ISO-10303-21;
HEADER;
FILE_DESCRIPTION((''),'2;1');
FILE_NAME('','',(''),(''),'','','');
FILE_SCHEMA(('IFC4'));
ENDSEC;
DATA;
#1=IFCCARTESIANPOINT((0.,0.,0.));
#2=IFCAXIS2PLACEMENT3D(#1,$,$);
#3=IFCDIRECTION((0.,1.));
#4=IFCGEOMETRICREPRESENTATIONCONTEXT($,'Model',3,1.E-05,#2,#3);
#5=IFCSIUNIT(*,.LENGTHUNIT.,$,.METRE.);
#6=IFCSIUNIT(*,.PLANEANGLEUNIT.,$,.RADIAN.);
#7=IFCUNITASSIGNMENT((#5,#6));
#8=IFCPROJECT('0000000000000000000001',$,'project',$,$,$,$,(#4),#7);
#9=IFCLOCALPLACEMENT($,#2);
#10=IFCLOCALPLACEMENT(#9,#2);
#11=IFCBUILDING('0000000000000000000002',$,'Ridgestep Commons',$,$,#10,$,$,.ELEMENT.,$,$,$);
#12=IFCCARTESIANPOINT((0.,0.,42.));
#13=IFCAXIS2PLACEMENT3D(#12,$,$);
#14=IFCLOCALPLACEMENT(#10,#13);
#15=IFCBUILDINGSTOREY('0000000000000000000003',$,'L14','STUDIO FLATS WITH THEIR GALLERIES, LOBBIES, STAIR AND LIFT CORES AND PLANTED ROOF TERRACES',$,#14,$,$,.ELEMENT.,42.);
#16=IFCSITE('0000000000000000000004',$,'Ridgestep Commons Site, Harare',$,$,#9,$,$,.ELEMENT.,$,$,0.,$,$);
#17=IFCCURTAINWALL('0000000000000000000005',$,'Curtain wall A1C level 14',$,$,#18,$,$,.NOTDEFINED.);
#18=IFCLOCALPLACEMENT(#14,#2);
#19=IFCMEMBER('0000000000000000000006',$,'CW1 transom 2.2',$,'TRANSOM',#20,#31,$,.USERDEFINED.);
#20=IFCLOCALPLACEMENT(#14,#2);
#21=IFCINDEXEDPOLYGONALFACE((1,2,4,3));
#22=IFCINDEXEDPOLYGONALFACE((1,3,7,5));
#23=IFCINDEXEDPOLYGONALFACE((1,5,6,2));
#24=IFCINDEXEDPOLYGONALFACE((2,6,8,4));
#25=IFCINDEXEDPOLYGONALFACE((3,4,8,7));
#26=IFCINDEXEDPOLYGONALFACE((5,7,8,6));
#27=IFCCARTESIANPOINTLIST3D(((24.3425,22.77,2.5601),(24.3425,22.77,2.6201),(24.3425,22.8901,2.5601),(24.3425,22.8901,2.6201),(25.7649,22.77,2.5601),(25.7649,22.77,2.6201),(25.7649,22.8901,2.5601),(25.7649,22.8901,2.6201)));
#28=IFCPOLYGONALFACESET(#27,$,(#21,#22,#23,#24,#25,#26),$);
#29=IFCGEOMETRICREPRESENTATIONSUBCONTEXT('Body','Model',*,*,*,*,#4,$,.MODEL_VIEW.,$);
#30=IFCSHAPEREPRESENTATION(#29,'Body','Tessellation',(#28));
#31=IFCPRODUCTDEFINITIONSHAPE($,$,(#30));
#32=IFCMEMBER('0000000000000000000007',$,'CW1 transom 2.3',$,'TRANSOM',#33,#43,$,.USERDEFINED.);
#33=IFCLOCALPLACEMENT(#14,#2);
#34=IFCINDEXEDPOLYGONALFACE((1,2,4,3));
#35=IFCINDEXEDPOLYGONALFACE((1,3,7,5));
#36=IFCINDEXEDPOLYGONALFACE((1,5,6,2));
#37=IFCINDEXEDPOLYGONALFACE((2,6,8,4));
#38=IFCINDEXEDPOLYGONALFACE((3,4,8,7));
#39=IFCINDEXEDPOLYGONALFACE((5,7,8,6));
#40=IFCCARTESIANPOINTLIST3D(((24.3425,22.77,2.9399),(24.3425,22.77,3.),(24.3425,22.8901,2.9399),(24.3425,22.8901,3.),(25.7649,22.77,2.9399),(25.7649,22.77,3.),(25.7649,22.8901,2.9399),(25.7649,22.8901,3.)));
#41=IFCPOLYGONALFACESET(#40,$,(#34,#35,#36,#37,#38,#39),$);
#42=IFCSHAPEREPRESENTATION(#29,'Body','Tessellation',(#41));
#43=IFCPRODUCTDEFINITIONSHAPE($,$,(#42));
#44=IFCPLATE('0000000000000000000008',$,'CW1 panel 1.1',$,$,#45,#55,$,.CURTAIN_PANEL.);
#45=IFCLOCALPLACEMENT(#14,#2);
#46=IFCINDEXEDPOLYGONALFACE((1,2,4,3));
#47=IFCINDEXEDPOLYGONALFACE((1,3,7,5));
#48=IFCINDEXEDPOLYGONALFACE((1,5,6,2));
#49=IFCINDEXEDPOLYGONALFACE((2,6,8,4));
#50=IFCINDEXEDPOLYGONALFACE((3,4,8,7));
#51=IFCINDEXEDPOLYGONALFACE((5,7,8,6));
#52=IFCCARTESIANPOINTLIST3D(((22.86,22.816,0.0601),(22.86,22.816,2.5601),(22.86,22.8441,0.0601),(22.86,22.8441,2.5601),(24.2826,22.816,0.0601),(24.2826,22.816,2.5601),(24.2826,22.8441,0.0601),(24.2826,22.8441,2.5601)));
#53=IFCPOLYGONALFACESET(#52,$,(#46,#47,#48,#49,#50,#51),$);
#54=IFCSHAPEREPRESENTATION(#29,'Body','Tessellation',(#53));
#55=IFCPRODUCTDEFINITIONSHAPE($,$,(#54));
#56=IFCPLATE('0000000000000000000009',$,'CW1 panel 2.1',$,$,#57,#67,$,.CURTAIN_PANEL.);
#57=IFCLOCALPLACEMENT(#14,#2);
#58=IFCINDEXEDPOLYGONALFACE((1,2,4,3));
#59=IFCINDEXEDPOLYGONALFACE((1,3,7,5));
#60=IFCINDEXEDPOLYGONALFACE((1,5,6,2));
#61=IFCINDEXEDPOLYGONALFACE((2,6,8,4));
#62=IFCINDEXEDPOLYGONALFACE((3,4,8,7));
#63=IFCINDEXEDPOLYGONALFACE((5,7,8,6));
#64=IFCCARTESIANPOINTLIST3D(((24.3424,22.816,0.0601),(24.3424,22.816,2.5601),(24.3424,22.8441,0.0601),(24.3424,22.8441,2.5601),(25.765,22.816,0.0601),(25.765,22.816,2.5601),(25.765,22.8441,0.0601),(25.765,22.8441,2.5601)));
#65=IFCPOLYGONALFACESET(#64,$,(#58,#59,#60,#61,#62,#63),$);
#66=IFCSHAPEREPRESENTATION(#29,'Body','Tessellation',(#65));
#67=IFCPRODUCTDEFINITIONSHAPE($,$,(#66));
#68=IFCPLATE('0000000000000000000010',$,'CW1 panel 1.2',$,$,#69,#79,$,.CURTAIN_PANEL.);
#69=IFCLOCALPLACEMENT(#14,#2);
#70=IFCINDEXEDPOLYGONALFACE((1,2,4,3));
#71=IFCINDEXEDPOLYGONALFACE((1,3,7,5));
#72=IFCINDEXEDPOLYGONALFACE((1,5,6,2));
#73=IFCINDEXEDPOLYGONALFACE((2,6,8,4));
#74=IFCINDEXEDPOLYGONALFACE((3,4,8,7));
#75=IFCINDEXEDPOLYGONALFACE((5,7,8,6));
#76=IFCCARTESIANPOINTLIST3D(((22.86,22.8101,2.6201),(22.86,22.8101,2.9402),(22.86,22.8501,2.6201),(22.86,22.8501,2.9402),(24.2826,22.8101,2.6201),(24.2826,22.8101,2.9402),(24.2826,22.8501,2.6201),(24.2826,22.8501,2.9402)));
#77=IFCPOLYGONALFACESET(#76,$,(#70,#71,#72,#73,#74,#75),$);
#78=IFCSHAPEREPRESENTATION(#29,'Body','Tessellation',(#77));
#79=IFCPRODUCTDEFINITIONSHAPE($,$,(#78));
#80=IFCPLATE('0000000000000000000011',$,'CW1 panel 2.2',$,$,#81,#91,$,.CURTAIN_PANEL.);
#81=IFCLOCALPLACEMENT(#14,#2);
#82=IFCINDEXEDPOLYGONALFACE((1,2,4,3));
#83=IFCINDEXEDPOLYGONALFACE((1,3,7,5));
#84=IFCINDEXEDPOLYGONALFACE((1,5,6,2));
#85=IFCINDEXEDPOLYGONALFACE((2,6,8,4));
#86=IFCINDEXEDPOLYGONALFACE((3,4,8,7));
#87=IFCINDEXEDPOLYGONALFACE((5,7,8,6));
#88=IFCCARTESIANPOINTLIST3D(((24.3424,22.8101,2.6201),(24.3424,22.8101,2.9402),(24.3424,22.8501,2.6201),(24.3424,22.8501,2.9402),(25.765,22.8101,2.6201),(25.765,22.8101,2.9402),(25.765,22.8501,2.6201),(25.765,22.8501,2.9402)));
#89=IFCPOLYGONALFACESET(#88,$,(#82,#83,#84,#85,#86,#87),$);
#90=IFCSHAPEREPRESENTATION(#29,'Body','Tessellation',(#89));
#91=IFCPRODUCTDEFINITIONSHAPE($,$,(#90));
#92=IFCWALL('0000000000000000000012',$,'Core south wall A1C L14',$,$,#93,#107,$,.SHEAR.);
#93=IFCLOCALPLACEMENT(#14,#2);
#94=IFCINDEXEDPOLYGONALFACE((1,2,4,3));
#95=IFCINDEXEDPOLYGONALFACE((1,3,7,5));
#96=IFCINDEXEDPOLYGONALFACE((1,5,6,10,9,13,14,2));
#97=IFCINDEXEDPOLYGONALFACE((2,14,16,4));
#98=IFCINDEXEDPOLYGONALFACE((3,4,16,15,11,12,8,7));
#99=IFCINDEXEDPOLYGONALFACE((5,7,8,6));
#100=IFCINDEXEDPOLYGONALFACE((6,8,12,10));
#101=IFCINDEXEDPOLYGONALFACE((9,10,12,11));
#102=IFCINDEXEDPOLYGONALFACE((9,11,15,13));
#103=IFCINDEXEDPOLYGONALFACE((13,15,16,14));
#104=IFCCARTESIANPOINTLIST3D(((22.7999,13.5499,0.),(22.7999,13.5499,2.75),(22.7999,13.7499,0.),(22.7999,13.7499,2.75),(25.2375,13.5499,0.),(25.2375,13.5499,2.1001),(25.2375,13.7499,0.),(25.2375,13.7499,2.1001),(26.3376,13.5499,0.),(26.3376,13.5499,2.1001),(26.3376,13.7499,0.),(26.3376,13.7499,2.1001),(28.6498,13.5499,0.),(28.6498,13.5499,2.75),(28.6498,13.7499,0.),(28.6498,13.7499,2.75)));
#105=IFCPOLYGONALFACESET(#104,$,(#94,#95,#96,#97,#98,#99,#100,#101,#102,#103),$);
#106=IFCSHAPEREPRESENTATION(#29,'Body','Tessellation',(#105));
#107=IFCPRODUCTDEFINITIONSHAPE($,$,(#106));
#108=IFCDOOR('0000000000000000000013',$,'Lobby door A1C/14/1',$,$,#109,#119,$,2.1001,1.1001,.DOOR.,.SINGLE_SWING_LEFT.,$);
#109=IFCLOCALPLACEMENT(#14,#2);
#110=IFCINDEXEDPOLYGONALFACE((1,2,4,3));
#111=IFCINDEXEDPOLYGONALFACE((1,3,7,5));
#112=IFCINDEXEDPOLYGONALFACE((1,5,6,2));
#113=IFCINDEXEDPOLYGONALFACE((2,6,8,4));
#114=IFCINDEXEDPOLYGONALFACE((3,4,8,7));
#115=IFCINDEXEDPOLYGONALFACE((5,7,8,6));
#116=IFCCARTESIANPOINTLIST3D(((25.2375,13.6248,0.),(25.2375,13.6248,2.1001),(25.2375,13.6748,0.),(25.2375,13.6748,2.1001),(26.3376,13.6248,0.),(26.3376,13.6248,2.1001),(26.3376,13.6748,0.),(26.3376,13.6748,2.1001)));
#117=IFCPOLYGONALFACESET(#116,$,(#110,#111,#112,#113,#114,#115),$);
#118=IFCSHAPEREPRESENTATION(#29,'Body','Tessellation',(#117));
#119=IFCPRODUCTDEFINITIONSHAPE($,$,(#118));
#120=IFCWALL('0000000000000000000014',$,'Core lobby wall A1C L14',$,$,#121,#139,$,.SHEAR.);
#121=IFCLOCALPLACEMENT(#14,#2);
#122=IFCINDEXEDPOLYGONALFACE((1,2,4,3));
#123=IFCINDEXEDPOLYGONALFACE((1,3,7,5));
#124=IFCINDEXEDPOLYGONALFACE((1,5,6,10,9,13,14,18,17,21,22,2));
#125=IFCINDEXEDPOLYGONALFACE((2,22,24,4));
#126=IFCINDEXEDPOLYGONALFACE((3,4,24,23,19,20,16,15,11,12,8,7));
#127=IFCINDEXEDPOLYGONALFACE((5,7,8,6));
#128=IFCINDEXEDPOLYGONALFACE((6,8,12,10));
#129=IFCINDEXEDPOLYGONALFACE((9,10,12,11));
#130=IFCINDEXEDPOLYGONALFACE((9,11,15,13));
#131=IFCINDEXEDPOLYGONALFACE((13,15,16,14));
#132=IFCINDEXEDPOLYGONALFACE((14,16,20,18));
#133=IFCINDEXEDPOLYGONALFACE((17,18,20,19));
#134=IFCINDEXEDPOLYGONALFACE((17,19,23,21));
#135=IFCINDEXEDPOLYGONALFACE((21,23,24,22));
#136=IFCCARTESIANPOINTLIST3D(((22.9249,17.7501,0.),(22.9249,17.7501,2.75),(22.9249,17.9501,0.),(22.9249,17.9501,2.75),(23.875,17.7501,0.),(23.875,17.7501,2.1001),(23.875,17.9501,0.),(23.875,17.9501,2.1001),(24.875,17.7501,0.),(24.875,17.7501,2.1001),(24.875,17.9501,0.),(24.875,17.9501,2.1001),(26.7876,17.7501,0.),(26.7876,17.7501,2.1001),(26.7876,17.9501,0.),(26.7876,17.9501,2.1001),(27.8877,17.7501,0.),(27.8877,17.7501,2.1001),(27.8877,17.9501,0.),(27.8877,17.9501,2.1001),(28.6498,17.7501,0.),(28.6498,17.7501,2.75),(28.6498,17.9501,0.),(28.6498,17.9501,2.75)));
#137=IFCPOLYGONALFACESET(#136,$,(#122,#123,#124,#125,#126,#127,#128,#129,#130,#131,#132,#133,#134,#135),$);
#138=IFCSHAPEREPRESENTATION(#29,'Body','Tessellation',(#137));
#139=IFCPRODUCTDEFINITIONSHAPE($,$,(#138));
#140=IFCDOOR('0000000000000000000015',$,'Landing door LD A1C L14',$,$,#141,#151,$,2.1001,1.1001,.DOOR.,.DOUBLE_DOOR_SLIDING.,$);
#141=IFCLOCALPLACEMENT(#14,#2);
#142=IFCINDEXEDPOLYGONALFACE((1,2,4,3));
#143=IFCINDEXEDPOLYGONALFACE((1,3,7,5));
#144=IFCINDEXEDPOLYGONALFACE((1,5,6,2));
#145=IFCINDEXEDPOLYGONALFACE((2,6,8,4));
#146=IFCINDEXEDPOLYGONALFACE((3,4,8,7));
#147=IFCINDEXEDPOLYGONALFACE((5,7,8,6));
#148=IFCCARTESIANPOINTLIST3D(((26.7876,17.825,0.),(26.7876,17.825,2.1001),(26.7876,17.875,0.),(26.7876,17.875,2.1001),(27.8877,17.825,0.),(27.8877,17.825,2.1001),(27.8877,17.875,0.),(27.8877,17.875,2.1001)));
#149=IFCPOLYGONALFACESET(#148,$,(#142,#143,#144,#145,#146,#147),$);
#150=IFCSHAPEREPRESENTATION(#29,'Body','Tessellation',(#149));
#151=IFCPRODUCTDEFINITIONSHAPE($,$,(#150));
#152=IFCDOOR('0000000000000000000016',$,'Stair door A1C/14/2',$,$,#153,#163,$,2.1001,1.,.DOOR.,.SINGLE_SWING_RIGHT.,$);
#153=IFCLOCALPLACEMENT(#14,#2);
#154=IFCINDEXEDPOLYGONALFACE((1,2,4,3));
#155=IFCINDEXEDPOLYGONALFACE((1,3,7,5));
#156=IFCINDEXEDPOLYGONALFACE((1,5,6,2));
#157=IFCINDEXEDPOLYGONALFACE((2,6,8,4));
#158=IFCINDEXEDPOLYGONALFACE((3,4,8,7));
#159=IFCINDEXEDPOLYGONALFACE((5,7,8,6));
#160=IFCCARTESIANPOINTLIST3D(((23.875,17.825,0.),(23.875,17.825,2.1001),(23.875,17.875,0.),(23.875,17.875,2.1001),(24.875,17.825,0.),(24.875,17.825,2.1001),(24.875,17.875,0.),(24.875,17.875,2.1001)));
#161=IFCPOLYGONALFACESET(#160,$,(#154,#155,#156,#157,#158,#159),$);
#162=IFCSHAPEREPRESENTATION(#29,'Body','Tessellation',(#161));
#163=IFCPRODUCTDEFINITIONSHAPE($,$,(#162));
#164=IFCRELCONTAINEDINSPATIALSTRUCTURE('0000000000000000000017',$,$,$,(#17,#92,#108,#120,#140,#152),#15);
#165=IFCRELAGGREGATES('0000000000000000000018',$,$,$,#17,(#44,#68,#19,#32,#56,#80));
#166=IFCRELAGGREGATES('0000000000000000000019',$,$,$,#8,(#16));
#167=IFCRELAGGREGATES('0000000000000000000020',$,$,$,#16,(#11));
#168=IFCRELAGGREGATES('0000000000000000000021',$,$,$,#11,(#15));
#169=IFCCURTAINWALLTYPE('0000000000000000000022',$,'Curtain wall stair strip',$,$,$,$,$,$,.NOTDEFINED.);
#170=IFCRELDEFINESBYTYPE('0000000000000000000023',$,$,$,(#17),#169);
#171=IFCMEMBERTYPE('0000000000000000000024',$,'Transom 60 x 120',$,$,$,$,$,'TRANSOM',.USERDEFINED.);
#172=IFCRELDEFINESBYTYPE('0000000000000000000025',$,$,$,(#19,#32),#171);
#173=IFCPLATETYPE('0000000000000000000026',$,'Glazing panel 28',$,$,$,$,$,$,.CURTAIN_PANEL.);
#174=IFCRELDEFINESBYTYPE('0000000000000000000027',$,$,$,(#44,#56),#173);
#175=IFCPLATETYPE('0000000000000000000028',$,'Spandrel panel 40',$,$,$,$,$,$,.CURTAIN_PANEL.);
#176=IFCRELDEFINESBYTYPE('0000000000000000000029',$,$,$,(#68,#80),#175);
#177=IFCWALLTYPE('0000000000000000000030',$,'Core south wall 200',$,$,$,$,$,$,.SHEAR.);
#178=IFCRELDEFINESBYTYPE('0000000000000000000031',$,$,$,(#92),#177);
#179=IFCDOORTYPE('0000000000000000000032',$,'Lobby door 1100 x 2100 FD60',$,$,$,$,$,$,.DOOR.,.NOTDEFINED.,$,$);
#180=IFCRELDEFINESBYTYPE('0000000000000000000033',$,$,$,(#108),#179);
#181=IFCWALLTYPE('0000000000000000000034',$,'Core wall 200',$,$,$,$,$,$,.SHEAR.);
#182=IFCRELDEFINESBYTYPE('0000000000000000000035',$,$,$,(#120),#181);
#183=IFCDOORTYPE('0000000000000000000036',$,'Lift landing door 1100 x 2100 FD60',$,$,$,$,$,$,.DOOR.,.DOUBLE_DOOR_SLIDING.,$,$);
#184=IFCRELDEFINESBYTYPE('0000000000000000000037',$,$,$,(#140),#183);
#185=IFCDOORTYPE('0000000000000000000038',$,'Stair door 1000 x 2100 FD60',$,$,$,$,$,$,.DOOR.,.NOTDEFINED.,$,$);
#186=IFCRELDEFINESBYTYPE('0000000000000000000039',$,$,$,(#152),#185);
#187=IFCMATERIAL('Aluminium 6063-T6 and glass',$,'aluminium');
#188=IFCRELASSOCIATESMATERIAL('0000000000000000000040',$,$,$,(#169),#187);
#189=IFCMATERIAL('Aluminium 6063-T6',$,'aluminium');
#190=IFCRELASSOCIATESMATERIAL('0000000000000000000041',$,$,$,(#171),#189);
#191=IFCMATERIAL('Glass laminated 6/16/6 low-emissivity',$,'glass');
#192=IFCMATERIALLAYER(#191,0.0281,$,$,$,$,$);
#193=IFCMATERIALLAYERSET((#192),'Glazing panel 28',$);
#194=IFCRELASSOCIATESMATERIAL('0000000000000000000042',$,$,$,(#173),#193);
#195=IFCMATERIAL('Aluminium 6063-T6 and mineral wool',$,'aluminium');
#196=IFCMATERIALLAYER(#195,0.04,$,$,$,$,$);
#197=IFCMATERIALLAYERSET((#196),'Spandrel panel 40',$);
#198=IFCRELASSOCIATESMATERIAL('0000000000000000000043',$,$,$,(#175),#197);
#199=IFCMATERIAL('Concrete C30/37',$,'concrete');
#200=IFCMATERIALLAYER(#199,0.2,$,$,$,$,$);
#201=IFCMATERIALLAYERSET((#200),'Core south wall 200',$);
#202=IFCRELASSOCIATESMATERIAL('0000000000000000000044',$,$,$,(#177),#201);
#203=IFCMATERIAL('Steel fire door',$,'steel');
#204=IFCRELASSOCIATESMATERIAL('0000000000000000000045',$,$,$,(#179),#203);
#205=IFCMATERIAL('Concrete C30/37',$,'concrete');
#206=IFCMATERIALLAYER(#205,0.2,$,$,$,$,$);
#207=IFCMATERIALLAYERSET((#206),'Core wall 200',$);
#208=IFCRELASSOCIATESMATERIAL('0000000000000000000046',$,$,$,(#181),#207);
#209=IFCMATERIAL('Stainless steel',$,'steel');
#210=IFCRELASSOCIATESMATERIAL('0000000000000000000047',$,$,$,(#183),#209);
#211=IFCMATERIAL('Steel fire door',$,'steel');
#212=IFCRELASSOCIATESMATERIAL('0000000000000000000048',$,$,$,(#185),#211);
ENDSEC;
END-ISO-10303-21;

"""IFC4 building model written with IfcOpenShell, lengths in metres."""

from ifc_helpers import new_model, si_unit, direction, frame, frame_2d, origin, origin_2d, place, context, subcontext, project, spatial, rectangle, extrude, material, layer, layer_set, material_profile, profile_set, type_object, element, fill, aggregate, save


model = new_model("IFC4")

# Units and contexts
model_context = context("Model", 3, precision=1e-05, world=origin(), true_north=direction((0.0, 1.0)))
body_context = subcontext(model_context, "Body", "Model", "MODEL_VIEW")
ifc_project = project(units=[si_unit("LENGTHUNIT", "METRE"), si_unit("PLANEANGLEUNIT", "RADIAN")], contexts=[model_context])

# Site, building, storey
site_placement = place(None, origin())
site = spatial("IfcSite", under=ifc_project, at=site_placement, Name="Ridgestep Commons Site, Harare", CompositionType="ELEMENT", RefElevation=0.0)
building_placement = place(site_placement, origin())
building = spatial("IfcBuilding", under=site, at=building_placement, Name="Ridgestep Commons", CompositionType="ELEMENT")
storey_placement = place(building_placement, frame((0.0, 0.0, 42.0)))
storey = spatial("IfcBuildingStorey", under=building, at=storey_placement, Name="L14", Description="STUDIO FLATS WITH THEIR GALLERIES, LOBBIES, STAIR AND LIFT CORES AND PLANTED ROOF TERRACES", CompositionType="ELEMENT", Elevation=42.0)

# Curtain wall, members, plates
ifc_material_1 = material(Name="Aluminium 6063-T6 and glass", Category="aluminium")
curtain_wall_type = type_object("IfcCurtainWallType", Name="Curtain wall stair strip", PredefinedType="NOTDEFINED", material=ifc_material_1)
curtain_wall_placement = place(storey_placement, origin())
curtain_wall = element("IfcCurtainWall", 1, at=curtain_wall_placement, inside=storey, type_object=curtain_wall_type, Name="Curtain wall A1C level 14", PredefinedType="NOTDEFINED")
ifc_material_2 = material(Name="Aluminium 6063-T6", Category="aluminium")
ifc_material_profile_1 = material_profile(ifc_material_2, rectangle(XDim=0.1201, YDim=0.0601, at=origin_2d()), Name="Transom 60 x 120")
ifc_profile_set_1 = profile_set([ifc_material_profile_1], Name="Aluminium 6063-T6")
member_type_1 = type_object("IfcMemberType", Name="Transom 60 x 120", ElementType="TRANSOM", PredefinedType="USERDEFINED", material=ifc_profile_set_1)
member_1_placement = place(storey_placement, frame((24.3425, 22.8301, 2.5901), z_axis=(1.0, 0.0, 0.0), x_axis=(0.0, 1.0, 0.0)))
member_1 = element("IfcMember", 2, at=member_1_placement, type_object=member_type_1, Name="CW1 transom 2.2", ObjectType="TRANSOM", PredefinedType="USERDEFINED", context=body_context, shape_type="SweptSolid", body=[
    extrude(rectangle(XDim=0.1201, YDim=0.0601, at=origin_2d()), origin(), (0.0, 0.0, 1.0), 1.4224),
])
member_2_placement = place(storey_placement, frame((24.3425, 22.8301, 2.97), z_axis=(1.0, 0.0, 0.0), x_axis=(0.0, 1.0, 0.0)))
member_2 = element("IfcMember", 3, at=member_2_placement, type_object=member_type_1, Name="CW1 transom 2.3", ObjectType="TRANSOM", PredefinedType="USERDEFINED", context=body_context, shape_type="SweptSolid", body=[
    extrude(rectangle(XDim=0.1201, YDim=0.0601, at=origin_2d()), origin(), (0.0, 0.0, 1.0), 1.4224),
])
ifc_material_3 = material(Name="Glass laminated 6/16/6 low-emissivity", Category="glass")
ifc_layer_1 = layer(ifc_material_3, 0.0281)
ifc_layer_set_1 = layer_set([ifc_layer_1], Name="Glazing panel 28")
plate_type_1 = type_object("IfcPlateType", Name="Glazing panel 28", PredefinedType="CURTAIN_PANEL", material=ifc_layer_set_1)
plate_1_placement = place(storey_placement, frame((23.5713, 22.8301, 0.0601), z_axis=(0.0, 0.0, 1.0), x_axis=(1.0, 0.0, 0.0)))
plate_1 = element("IfcPlate", 4, at=plate_1_placement, type_object=plate_type_1, Name="CW1 panel 1.1", PredefinedType="CURTAIN_PANEL", context=body_context, shape_type="SweptSolid", body=[
    extrude(rectangle(XDim=1.4226, YDim=0.0281, at=origin_2d()), origin(), (0.0, 0.0, 1.0), 2.5),
])
plate_2_placement = place(storey_placement, frame((25.0537, 22.8301, 0.0601), z_axis=(0.0, 0.0, 1.0), x_axis=(1.0, 0.0, 0.0)))
plate_2 = element("IfcPlate", 5, at=plate_2_placement, type_object=plate_type_1, Name="CW1 panel 2.1", PredefinedType="CURTAIN_PANEL", context=body_context, shape_type="SweptSolid", body=[
    extrude(rectangle(XDim=1.4226, YDim=0.0281, at=origin_2d()), origin(), (0.0, 0.0, 1.0), 2.5),
])
ifc_material_4 = material(Name="Aluminium 6063-T6 and mineral wool", Category="aluminium")
ifc_layer_2 = layer(ifc_material_4, 0.04)
ifc_layer_set_2 = layer_set([ifc_layer_2], Name="Spandrel panel 40")
plate_type_2 = type_object("IfcPlateType", Name="Spandrel panel 40", PredefinedType="CURTAIN_PANEL", material=ifc_layer_set_2)
plate_3_placement = place(storey_placement, frame((23.5713, 22.8301, 2.6201), z_axis=(0.0, 0.0, 1.0), x_axis=(1.0, 0.0, 0.0)))
plate_3 = element("IfcPlate", 6, at=plate_3_placement, type_object=plate_type_2, Name="CW1 panel 1.2", PredefinedType="CURTAIN_PANEL", context=body_context, shape_type="SweptSolid", body=[
    extrude(rectangle(XDim=1.4226, YDim=0.04, at=origin_2d()), origin(), (0.0, 0.0, 1.0), 0.3201),
])
plate_4_placement = place(storey_placement, frame((25.0537, 22.8301, 2.6201), z_axis=(0.0, 0.0, 1.0), x_axis=(1.0, 0.0, 0.0)))
plate_4 = element("IfcPlate", 7, at=plate_4_placement, type_object=plate_type_2, Name="CW1 panel 2.2", PredefinedType="CURTAIN_PANEL", context=body_context, shape_type="SweptSolid", body=[
    extrude(rectangle(XDim=1.4226, YDim=0.04, at=origin_2d()), origin(), (0.0, 0.0, 1.0), 0.3201),
])
aggregate(curtain_wall, [plate_1, plate_3, member_1, member_2, plate_2, plate_4])

# Wall, opening, door
ifc_material_5 = material(Name="Concrete C30/37", Category="concrete")
ifc_layer_3 = layer(ifc_material_5, 0.2)
ifc_layer_set_3 = layer_set([ifc_layer_3], Name="Core south wall 200")
wall_type_1 = type_object("IfcWallType", Name="Core south wall 200", PredefinedType="SHEAR", material=ifc_layer_set_3)
wall_1_placement = place(storey_placement, frame((22.8, 13.6499, 0.0), z_axis=(0.0, 0.0, 1.0), x_axis=(1.0, 0.0, 0.0)))
wall_1 = element("IfcWall", 8, at=wall_1_placement, inside=storey, type_object=wall_type_1, Name="Core south wall A1C L14", PredefinedType="SHEAR", context=body_context, shape_type="SweptSolid", body=[
    extrude(rectangle(XDim=5.8499, YDim=0.2, at=frame_2d((2.9248, 0.0))), origin(), (0.0, 0.0, 1.0), 2.75),
])
opening_1_placement = place(wall_1_placement, frame((2.4375, 0.0, 0.0)))
opening_1 = element("IfcOpeningElement", 9, at=opening_1_placement, cuts=wall_1, PredefinedType="OPENING", context=body_context, shape_type="SweptSolid", body=[
    extrude(rectangle(XDim=1.1001, YDim=2.1001, at=frame_2d((0.55, 1.05))), frame((0.0, 0.1099, 0.0), z_axis=(0.0, -1.0, 0.0), x_axis=(1.0, 0.0, 0.0)), (0.0, 0.0, 1.0), 0.22),
])
ifc_material_6 = material(Name="Steel fire door", Category="steel")
door_type_1 = type_object("IfcDoorType", Name="Lobby door 1100 x 2100 FD60", OperationType="NOTDEFINED", PredefinedType="DOOR", material=ifc_material_6)
door_1_placement = place(opening_1_placement, origin())
door_1 = element("IfcDoor", 10, at=door_1_placement, inside=storey, type_object=door_type_1, Name="Lobby door A1C/14/1", OperationType="SINGLE_SWING_LEFT", OverallHeight=2.1001, OverallWidth=1.1001, PredefinedType="DOOR", context=body_context, shape_type="SweptSolid", body=[
    extrude(rectangle(XDim=1.1001, YDim=2.1001, at=frame_2d((0.55, 1.05))), frame((0.0, 0.0249, 0.0), z_axis=(0.0, -1.0, 0.0), x_axis=(1.0, 0.0, 0.0)), (0.0, 0.0, 1.0), 0.05),
])
fill(opening_1, door_1)

# Wall, openings, doors
ifc_material_7 = material(Name="Concrete C30/37", Category="concrete")
ifc_layer_4 = layer(ifc_material_7, 0.2)
ifc_layer_set_4 = layer_set([ifc_layer_4], Name="Core wall 200")
wall_type_2 = type_object("IfcWallType", Name="Core wall 200", PredefinedType="SHEAR", material=ifc_layer_set_4)
wall_2_placement = place(storey_placement, frame((22.925, 17.8501, 0.0), z_axis=(0.0, 0.0, 1.0), x_axis=(1.0, 0.0, 0.0)))
wall_2 = element("IfcWall", 11, at=wall_2_placement, inside=storey, type_object=wall_type_2, Name="Core lobby wall A1C L14", PredefinedType="SHEAR", context=body_context, shape_type="SweptSolid", body=[
    extrude(rectangle(XDim=5.7249, YDim=0.2, at=frame_2d((2.8623, 0.0))), origin(), (0.0, 0.0, 1.0), 2.75),
])
opening_2_placement = place(wall_2_placement, frame((0.95, 0.0, 0.0)))
opening_2 = element("IfcOpeningElement", 12, at=opening_2_placement, cuts=wall_2, PredefinedType="OPENING", context=body_context, shape_type="SweptSolid", body=[
    extrude(rectangle(XDim=1.0, YDim=2.1001, at=frame_2d((0.5, 1.05))), frame((0.0, 0.1099, 0.0), z_axis=(0.0, -1.0, 0.0), x_axis=(1.0, 0.0, 0.0)), (0.0, 0.0, 1.0), 0.22),
])
opening_3_placement = place(wall_2_placement, frame((3.8625, 0.0, 0.0)))
opening_3 = element("IfcOpeningElement", 13, at=opening_3_placement, cuts=wall_2, PredefinedType="OPENING", context=body_context, shape_type="SweptSolid", body=[
    extrude(rectangle(XDim=1.1001, YDim=2.1001, at=frame_2d((0.55, 1.05))), frame((0.0, 0.1099, 0.0), z_axis=(0.0, -1.0, 0.0), x_axis=(1.0, 0.0, 0.0)), (0.0, 0.0, 1.0), 0.22),
])
ifc_material_8 = material(Name="Stainless steel", Category="steel")
door_type_2 = type_object("IfcDoorType", Name="Lift landing door 1100 x 2100 FD60", OperationType="DOUBLE_DOOR_SLIDING", PredefinedType="DOOR", material=ifc_material_8)
door_2_placement = place(opening_3_placement, origin())
door_2 = element("IfcDoor", 14, at=door_2_placement, inside=storey, type_object=door_type_2, Name="Landing door LD A1C L14", OperationType="DOUBLE_DOOR_SLIDING", OverallHeight=2.1001, OverallWidth=1.1001, PredefinedType="DOOR", context=body_context, shape_type="SweptSolid", body=[
    extrude(rectangle(XDim=1.1001, YDim=2.1001, at=frame_2d((0.55, 1.05))), frame((0.0, 0.0249, 0.0), z_axis=(0.0, -1.0, 0.0), x_axis=(1.0, 0.0, 0.0)), (0.0, 0.0, 1.0), 0.05),
])
fill(opening_3, door_2)
ifc_material_9 = material(Name="Steel fire door", Category="steel")
door_type_3 = type_object("IfcDoorType", Name="Stair door 1000 x 2100 FD60", OperationType="NOTDEFINED", PredefinedType="DOOR", material=ifc_material_9)
door_3_placement = place(opening_2_placement, origin())
door_3 = element("IfcDoor", 15, at=door_3_placement, inside=storey, type_object=door_type_3, Name="Stair door A1C/14/2", OperationType="SINGLE_SWING_RIGHT", OverallHeight=2.1001, OverallWidth=1.0, PredefinedType="DOOR", context=body_context, shape_type="SweptSolid", body=[
    extrude(rectangle(XDim=1.0, YDim=2.1001, at=frame_2d((0.5, 1.05))), frame((0.0, 0.0249, 0.0), z_axis=(0.0, -1.0, 0.0), x_axis=(1.0, 0.0, 0.0)), (0.0, 0.0, 1.0), 0.05),
])
fill(opening_2, door_3)

save(model, "model.ifc")
